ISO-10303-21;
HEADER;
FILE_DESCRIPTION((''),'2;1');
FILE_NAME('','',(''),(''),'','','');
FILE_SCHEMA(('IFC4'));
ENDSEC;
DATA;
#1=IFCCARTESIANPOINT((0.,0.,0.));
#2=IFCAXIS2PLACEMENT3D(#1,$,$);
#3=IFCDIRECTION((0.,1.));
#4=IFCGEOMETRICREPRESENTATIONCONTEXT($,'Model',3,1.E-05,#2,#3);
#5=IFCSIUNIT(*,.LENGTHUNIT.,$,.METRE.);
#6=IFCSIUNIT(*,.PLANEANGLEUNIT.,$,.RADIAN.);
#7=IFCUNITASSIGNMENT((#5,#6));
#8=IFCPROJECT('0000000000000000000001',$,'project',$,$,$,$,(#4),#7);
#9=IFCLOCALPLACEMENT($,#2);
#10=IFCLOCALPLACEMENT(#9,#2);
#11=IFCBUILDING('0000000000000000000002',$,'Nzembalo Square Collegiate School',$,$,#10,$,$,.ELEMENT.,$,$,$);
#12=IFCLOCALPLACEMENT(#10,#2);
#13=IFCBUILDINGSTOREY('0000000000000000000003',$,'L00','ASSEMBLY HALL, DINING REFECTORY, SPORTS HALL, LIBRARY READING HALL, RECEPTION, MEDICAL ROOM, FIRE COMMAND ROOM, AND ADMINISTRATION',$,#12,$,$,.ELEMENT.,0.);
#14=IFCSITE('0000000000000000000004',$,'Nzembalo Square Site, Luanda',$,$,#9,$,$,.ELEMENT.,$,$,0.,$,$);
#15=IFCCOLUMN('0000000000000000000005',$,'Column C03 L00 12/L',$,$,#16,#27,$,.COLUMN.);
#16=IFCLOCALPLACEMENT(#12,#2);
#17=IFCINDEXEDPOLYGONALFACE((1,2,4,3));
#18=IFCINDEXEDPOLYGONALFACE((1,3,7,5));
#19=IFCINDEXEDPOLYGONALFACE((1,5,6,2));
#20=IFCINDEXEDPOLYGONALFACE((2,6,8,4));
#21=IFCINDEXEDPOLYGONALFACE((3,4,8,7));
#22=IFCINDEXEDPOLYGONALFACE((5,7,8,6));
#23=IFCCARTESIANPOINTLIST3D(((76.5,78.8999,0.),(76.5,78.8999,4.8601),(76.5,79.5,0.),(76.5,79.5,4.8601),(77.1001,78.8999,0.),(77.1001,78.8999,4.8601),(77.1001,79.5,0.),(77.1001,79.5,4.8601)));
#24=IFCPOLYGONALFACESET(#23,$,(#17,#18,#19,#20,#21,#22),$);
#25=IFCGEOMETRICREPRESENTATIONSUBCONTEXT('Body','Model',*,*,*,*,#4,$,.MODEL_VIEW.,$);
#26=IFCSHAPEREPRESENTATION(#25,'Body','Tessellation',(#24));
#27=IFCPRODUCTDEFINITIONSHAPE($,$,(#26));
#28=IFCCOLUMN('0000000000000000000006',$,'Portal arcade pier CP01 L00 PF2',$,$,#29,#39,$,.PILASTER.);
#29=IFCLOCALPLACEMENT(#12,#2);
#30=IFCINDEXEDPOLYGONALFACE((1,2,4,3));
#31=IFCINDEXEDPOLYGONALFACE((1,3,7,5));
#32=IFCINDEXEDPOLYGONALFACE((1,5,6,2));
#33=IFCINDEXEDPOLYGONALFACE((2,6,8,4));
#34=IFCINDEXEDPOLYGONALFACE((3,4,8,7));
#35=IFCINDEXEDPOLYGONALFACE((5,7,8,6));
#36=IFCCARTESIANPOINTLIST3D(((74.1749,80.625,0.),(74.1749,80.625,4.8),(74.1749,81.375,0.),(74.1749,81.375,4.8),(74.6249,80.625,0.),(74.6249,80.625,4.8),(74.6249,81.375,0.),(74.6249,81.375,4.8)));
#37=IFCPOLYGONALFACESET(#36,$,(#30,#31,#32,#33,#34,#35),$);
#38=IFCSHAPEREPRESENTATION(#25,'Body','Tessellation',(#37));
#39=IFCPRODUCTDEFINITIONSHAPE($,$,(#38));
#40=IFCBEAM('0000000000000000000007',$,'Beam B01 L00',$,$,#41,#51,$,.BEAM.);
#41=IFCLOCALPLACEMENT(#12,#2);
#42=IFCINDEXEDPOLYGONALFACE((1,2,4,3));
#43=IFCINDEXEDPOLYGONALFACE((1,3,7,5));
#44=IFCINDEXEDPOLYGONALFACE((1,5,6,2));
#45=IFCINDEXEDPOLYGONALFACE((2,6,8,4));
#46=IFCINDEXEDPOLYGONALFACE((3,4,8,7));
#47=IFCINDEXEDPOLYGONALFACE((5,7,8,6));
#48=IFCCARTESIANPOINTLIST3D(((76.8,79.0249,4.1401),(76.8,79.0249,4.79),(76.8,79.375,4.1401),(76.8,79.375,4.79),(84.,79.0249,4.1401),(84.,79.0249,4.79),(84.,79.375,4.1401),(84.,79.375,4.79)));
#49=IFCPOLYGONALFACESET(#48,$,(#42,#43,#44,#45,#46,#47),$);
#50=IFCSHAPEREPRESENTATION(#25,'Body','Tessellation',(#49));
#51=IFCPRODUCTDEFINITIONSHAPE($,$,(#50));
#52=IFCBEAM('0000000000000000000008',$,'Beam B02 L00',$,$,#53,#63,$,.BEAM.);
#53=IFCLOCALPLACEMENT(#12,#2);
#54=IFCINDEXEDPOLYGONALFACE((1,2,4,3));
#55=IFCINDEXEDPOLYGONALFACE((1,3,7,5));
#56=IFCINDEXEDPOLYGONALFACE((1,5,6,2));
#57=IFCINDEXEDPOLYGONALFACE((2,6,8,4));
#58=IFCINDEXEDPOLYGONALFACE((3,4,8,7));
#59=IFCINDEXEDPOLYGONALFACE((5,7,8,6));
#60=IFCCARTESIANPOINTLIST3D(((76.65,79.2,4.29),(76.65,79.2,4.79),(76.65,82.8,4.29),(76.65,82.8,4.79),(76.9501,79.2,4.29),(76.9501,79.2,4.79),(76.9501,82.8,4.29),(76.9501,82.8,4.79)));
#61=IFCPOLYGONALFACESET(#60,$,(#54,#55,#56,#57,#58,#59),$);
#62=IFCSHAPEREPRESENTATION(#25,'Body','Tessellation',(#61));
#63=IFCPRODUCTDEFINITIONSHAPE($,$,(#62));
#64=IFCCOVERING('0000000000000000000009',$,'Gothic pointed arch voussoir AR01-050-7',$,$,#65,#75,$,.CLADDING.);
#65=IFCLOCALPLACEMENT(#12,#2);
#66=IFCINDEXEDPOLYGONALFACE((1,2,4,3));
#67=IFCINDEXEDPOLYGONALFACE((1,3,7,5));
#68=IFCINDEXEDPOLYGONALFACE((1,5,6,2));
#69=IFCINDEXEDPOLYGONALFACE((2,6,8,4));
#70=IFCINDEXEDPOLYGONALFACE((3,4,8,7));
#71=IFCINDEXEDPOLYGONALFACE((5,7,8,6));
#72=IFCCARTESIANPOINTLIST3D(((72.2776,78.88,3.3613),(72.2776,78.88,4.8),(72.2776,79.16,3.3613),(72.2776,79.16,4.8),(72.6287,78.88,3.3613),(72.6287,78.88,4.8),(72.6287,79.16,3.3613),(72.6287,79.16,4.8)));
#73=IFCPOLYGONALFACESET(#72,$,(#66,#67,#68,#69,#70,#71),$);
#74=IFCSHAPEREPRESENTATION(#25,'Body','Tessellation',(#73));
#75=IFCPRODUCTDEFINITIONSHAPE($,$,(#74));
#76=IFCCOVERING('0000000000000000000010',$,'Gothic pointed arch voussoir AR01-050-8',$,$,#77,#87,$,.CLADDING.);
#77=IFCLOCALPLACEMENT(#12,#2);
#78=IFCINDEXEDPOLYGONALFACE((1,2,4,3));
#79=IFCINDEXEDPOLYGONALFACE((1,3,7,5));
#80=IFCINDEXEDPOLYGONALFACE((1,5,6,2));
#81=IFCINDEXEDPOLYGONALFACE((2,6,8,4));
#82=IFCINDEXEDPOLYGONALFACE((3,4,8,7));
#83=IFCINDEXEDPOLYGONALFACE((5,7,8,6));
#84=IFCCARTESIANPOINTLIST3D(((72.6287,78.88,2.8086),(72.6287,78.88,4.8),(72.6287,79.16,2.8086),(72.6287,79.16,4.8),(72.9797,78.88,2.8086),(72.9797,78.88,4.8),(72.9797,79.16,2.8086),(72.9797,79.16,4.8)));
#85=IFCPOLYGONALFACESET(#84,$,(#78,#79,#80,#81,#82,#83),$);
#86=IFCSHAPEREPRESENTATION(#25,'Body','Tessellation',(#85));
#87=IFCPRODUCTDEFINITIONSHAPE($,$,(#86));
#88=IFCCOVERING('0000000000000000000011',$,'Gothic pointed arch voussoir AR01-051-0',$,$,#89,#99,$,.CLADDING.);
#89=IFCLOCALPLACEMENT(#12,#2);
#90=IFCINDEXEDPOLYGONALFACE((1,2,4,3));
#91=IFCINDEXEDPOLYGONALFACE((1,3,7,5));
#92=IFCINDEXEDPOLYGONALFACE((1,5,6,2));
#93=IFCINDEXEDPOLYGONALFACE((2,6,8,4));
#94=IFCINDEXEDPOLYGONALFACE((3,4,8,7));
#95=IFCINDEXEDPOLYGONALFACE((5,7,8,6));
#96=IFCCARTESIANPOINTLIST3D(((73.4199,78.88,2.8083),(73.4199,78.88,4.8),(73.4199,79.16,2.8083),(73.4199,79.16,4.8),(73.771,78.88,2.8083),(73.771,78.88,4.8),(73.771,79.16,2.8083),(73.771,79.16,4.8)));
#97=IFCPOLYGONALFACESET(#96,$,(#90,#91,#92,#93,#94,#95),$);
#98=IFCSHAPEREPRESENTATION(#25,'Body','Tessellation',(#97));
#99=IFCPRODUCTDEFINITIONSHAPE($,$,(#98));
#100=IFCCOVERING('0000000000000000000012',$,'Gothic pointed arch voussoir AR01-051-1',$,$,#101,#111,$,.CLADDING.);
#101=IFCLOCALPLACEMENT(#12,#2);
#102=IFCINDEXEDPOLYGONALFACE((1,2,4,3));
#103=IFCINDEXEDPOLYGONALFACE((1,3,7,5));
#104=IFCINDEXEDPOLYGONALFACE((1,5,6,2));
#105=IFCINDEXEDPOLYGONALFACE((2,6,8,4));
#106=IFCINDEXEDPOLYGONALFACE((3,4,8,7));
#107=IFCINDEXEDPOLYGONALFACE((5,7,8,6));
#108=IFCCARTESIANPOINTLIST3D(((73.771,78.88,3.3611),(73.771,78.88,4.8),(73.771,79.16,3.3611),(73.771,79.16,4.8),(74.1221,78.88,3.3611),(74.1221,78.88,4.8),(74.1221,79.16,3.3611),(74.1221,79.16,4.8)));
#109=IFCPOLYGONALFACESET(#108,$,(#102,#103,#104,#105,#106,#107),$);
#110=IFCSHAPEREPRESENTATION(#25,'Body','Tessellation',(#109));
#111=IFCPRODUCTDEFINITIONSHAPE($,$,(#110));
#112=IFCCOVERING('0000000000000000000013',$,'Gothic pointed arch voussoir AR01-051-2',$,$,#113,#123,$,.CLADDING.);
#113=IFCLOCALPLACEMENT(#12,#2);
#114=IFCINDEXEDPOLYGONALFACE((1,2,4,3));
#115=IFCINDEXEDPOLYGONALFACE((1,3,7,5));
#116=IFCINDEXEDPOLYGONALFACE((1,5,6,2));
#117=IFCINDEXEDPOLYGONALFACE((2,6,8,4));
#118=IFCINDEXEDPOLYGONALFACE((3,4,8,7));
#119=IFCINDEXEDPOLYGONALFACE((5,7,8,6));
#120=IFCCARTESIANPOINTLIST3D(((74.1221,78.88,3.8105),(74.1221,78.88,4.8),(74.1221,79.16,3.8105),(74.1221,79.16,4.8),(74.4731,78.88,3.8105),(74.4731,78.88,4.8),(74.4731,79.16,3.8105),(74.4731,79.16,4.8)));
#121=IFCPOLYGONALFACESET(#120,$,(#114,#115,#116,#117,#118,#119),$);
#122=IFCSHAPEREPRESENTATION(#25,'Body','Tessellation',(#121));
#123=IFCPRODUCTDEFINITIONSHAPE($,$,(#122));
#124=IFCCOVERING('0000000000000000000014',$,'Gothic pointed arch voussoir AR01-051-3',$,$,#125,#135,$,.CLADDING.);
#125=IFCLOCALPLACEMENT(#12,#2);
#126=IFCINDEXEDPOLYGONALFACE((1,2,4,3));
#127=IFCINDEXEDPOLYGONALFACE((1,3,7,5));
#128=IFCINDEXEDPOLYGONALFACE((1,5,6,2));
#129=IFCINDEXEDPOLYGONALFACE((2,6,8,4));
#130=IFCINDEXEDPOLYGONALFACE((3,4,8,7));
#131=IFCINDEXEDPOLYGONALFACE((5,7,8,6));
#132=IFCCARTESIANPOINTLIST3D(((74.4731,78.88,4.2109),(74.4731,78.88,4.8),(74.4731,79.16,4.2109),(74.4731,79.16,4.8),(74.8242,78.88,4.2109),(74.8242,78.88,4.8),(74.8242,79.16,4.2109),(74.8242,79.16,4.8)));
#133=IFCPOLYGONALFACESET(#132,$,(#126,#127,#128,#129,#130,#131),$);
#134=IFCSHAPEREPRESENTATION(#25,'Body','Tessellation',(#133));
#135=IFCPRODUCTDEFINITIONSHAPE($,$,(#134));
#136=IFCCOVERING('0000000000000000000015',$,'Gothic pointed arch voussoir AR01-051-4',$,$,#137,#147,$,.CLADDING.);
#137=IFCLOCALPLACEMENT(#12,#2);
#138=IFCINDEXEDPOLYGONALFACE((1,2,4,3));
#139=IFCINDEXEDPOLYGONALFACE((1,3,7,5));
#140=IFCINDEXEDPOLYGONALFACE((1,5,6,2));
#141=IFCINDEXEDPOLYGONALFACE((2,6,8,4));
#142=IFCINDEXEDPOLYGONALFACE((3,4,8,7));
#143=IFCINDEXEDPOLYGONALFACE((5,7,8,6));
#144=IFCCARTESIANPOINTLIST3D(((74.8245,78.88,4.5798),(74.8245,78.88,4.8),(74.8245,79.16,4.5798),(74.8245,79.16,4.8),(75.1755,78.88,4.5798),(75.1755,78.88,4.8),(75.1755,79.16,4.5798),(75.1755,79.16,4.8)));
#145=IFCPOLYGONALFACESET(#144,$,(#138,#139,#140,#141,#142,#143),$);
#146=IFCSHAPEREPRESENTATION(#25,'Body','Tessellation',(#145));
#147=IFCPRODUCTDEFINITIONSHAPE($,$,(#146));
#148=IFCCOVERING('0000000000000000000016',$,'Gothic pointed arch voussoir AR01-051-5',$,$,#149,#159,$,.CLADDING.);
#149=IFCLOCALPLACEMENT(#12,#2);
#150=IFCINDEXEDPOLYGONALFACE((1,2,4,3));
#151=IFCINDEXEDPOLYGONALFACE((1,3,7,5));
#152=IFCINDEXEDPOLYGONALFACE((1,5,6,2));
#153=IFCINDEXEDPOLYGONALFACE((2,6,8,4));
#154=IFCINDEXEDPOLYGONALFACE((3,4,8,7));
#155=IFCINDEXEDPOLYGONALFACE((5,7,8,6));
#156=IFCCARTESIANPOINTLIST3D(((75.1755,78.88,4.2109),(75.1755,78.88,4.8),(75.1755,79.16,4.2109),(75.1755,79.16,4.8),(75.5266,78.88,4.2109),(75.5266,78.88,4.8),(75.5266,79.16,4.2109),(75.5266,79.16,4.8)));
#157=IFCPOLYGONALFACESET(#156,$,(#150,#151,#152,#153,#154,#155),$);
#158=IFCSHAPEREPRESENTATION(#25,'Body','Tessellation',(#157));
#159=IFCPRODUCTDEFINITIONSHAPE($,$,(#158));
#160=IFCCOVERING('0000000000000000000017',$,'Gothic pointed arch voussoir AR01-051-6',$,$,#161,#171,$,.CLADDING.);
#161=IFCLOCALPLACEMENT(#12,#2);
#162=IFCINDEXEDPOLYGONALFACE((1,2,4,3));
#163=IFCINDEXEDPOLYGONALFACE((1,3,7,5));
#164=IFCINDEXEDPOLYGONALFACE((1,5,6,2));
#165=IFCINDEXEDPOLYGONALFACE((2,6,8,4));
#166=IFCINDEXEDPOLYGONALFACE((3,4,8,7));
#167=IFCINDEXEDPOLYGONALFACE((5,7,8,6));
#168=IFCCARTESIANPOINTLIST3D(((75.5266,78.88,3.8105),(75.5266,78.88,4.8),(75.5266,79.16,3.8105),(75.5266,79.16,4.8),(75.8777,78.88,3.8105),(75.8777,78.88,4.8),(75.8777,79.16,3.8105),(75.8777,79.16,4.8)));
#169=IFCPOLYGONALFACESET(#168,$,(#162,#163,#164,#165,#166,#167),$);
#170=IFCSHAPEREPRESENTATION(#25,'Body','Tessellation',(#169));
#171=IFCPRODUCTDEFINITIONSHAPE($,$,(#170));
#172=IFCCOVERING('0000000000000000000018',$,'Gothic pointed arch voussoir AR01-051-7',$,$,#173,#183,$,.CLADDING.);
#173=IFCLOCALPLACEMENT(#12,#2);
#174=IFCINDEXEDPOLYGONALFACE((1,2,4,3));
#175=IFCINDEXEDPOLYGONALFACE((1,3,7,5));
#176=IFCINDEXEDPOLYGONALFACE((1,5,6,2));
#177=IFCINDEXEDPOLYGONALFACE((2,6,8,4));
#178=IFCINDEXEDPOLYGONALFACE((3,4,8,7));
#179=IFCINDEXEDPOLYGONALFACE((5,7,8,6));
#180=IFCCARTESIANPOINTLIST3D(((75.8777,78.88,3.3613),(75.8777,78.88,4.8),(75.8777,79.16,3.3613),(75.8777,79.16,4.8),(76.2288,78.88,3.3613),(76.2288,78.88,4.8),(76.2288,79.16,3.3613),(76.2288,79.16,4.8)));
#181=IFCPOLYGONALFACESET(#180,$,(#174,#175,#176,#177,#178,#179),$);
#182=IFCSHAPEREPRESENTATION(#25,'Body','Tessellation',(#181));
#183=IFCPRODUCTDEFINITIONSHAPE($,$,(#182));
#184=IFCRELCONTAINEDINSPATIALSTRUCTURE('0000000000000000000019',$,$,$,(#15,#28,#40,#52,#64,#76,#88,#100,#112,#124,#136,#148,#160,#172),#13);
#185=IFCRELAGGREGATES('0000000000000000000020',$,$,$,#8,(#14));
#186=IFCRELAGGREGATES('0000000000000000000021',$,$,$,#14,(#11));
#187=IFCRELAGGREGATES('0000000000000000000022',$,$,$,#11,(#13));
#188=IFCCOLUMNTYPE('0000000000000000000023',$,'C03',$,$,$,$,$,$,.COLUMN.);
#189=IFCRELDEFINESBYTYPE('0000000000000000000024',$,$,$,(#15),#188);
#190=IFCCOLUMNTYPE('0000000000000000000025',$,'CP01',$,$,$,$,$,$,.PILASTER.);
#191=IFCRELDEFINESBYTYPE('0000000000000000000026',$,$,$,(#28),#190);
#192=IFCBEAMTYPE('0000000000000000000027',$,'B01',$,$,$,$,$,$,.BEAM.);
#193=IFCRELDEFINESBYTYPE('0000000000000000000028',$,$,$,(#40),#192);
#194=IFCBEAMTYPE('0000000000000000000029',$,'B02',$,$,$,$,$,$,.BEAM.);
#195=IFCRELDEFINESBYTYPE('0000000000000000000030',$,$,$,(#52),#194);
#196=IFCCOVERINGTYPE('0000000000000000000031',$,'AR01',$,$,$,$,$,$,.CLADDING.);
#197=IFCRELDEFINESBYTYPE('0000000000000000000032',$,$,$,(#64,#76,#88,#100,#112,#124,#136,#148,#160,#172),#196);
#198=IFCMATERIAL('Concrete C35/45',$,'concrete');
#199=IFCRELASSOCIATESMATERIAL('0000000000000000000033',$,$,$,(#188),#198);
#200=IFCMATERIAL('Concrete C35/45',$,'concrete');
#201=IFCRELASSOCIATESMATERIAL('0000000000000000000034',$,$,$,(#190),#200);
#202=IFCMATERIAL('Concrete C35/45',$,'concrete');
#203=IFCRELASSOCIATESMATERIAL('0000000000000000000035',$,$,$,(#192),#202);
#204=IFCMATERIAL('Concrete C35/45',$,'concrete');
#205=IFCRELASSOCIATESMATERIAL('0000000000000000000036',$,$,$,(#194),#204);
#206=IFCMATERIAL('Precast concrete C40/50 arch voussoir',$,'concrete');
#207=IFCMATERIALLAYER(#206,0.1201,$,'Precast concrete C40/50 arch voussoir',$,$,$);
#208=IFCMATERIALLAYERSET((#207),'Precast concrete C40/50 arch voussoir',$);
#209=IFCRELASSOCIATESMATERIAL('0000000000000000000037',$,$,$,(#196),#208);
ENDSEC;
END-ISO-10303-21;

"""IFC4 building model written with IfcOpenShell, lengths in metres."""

from ifc_helpers import new_model, si_unit, direction, frame, origin, origin_2d, place, context, subcontext, project, spatial, rectangle, extrude, material, layer, layer_set, material_profile, profile_set, type_object, element, save


model = new_model("IFC4")

# Units and contexts
model_context = context("Model", 3, precision=1e-05, world=origin(), true_north=direction((0.0, 1.0)))
body_context = subcontext(model_context, "Body", "Model", "MODEL_VIEW")
ifc_project = project(units=[si_unit("LENGTHUNIT", "METRE"), si_unit("PLANEANGLEUNIT", "RADIAN")], contexts=[model_context])

# Site, building, storey
site_placement = place(None, origin())
site = spatial("IfcSite", under=ifc_project, at=site_placement, Name="Nzembalo Square Site, Luanda", CompositionType="ELEMENT", RefElevation=0.0)
building_placement = place(site_placement, origin())
building = spatial("IfcBuilding", under=site, at=building_placement, Name="Nzembalo Square Collegiate School", CompositionType="ELEMENT")
storey_placement = place(building_placement, origin())
storey = spatial("IfcBuildingStorey", under=building, at=storey_placement, Name="L00", Description="ASSEMBLY HALL, DINING REFECTORY, SPORTS HALL, LIBRARY READING HALL, RECEPTION, MEDICAL ROOM, FIRE COMMAND ROOM, AND ADMINISTRATION", CompositionType="ELEMENT", Elevation=0.0)

# Columns
ifc_material_1 = material(Name="Concrete C35/45", Category="concrete")
ifc_material_profile_1 = material_profile(ifc_material_1, rectangle(XDim=0.6001, YDim=0.6001, at=origin_2d()), Name="RC 600x600")
ifc_profile_set_1 = profile_set([ifc_material_profile_1], Name="Concrete C35/45")
column_type_1 = type_object("IfcColumnType", Name="C03", PredefinedType="COLUMN", material=ifc_profile_set_1)
column_1_placement = place(storey_placement, frame((76.8, 79.2, 0.0), z_axis=(0.0, 0.0, 1.0), x_axis=(1.0, 0.0, 0.0)))
element("IfcColumn", 1, at=column_1_placement, inside=storey, type_object=column_type_1, Name="Column C03 L00 12/L", PredefinedType="COLUMN", context=body_context, shape_type="SweptSolid", body=[
    extrude(rectangle(XDim=0.6001, YDim=0.6001, at=origin_2d()), origin(), (0.0, 0.0, 1.0), 4.8601),
])
ifc_material_2 = material(Name="Concrete C35/45", Category="concrete")
ifc_material_profile_2 = material_profile(ifc_material_2, rectangle(XDim=0.45, YDim=0.75, at=origin_2d()), Name="RC 450x750")
ifc_profile_set_2 = profile_set([ifc_material_profile_2], Name="Concrete C35/45")
column_type_2 = type_object("IfcColumnType", Name="CP01", PredefinedType="PILASTER", material=ifc_profile_set_2)
column_2_placement = place(storey_placement, frame((74.3999, 81.0, 0.0), z_axis=(0.0, 0.0, 1.0), x_axis=(1.0, 0.0, 0.0)))
element("IfcColumn", 2, at=column_2_placement, inside=storey, type_object=column_type_2, Name="Portal arcade pier CP01 L00 PF2", PredefinedType="PILASTER", context=body_context, shape_type="SweptSolid", body=[
    extrude(rectangle(XDim=0.45, YDim=0.75, at=origin_2d()), origin(), (0.0, 0.0, 1.0), 4.8),
])

# Beams
ifc_material_3 = material(Name="Concrete C35/45", Category="concrete")
ifc_material_profile_3 = material_profile(ifc_material_3, rectangle(XDim=0.3501, YDim=0.6499, at=origin_2d()), Name="RC 350x650")
ifc_profile_set_3 = profile_set([ifc_material_profile_3], Name="Concrete C35/45")
beam_type_1 = type_object("IfcBeamType", Name="B01", PredefinedType="BEAM", material=ifc_profile_set_3)
beam_1_placement = place(storey_placement, frame((76.8, 79.2, 4.4651), z_axis=(1.0, 0.0, 0.0), x_axis=(0.0, 1.0, 0.0)))
element("IfcBeam", 3, at=beam_1_placement, inside=storey, type_object=beam_type_1, Name="Beam B01 L00", PredefinedType="BEAM", context=body_context, shape_type="SweptSolid", body=[
    extrude(rectangle(XDim=0.3501, YDim=0.6499, at=origin_2d()), origin(), (0.0, 0.0, 1.0), 7.2),
])
ifc_material_4 = material(Name="Concrete C35/45", Category="concrete")
ifc_material_profile_4 = material_profile(ifc_material_4, rectangle(XDim=0.3, YDim=0.5, at=origin_2d()), Name="RC 300x500")
ifc_profile_set_4 = profile_set([ifc_material_profile_4], Name="Concrete C35/45")
beam_type_2 = type_object("IfcBeamType", Name="B02", PredefinedType="BEAM", material=ifc_profile_set_4)
beam_2_placement = place(storey_placement, frame((76.8, 79.2, 4.54), z_axis=(0.0, 1.0, 0.0), x_axis=(-1.0, 0.0, 0.0)))
element("IfcBeam", 4, at=beam_2_placement, inside=storey, type_object=beam_type_2, Name="Beam B02 L00", PredefinedType="BEAM", context=body_context, shape_type="SweptSolid", body=[
    extrude(rectangle(XDim=0.3, YDim=0.5, at=origin_2d()), origin(), (0.0, 0.0, 1.0), 3.6001),
])

# Coverings
ifc_material_5 = material(Name="Precast concrete C40/50 arch voussoir", Category="concrete")
ifc_layer = layer(ifc_material_5, 0.1201, Name="Precast concrete C40/50 arch voussoir")
ifc_layer_set = layer_set([ifc_layer], Name="Precast concrete C40/50 arch voussoir")
covering_type = type_object("IfcCoveringType", Name="AR01", PredefinedType="CLADDING", material=ifc_layer_set)
covering_1_placement = place(storey_placement, frame((72.4531, 79.02, 3.3613), z_axis=(0.0, 0.0, 1.0), x_axis=(1.0, 0.0, 0.0)))
element("IfcCovering", 5, at=covering_1_placement, inside=storey, type_object=covering_type, Name="Gothic pointed arch voussoir AR01-050-7", PredefinedType="CLADDING", context=body_context, shape_type="SweptSolid", body=[
    extrude(rectangle(XDim=0.3511, YDim=0.28, at=origin_2d()), origin(), (0.0, 0.0, 1.0), 1.4387),
])
covering_2_placement = place(storey_placement, frame((72.8042, 79.02, 2.8086), z_axis=(0.0, 0.0, 1.0), x_axis=(1.0, 0.0, 0.0)))
element("IfcCovering", 6, at=covering_2_placement, inside=storey, type_object=covering_type, Name="Gothic pointed arch voussoir AR01-050-8", PredefinedType="CLADDING", context=body_context, shape_type="SweptSolid", body=[
    extrude(rectangle(XDim=0.3511, YDim=0.28, at=origin_2d()), origin(), (0.0, 0.0, 1.0), 1.9915),
])
covering_3_placement = place(storey_placement, frame((73.5955, 79.02, 2.8083), z_axis=(0.0, 0.0, 1.0), x_axis=(1.0, 0.0, 0.0)))
element("IfcCovering", 7, at=covering_3_placement, inside=storey, type_object=covering_type, Name="Gothic pointed arch voussoir AR01-051-0", PredefinedType="CLADDING", context=body_context, shape_type="SweptSolid", body=[
    extrude(rectangle(XDim=0.3511, YDim=0.28, at=origin_2d()), origin(), (0.0, 0.0, 1.0), 1.9917),
])
covering_4_placement = place(storey_placement, frame((73.9465, 79.02, 3.3611), z_axis=(0.0, 0.0, 1.0), x_axis=(1.0, 0.0, 0.0)))
element("IfcCovering", 8, at=covering_4_placement, inside=storey, type_object=covering_type, Name="Gothic pointed arch voussoir AR01-051-1", PredefinedType="CLADDING", context=body_context, shape_type="SweptSolid", body=[
    extrude(rectangle(XDim=0.3511, YDim=0.28, at=origin_2d()), origin(), (0.0, 0.0, 1.0), 1.439),
])
covering_5_placement = place(storey_placement, frame((74.2976, 79.02, 3.8105), z_axis=(0.0, 0.0, 1.0), x_axis=(1.0, 0.0, 0.0)))
element("IfcCovering", 9, at=covering_5_placement, inside=storey, type_object=covering_type, Name="Gothic pointed arch voussoir AR01-051-2", PredefinedType="CLADDING", context=body_context, shape_type="SweptSolid", body=[
    extrude(rectangle(XDim=0.3511, YDim=0.28, at=origin_2d()), origin(), (0.0, 0.0, 1.0), 0.9895),
])
covering_6_placement = place(storey_placement, frame((74.6487, 79.02, 4.2109), z_axis=(0.0, 0.0, 1.0), x_axis=(1.0, 0.0, 0.0)))
element("IfcCovering", 10, at=covering_6_placement, inside=storey, type_object=covering_type, Name="Gothic pointed arch voussoir AR01-051-3", PredefinedType="CLADDING", context=body_context, shape_type="SweptSolid", body=[
    extrude(rectangle(XDim=0.3511, YDim=0.28, at=origin_2d()), origin(), (0.0, 0.0, 1.0), 0.5891),
])
covering_7_placement = place(storey_placement, frame((75.0, 79.02, 4.5798), z_axis=(0.0, 0.0, 1.0), x_axis=(1.0, 0.0, 0.0)))
element("IfcCovering", 11, at=covering_7_placement, inside=storey, type_object=covering_type, Name="Gothic pointed arch voussoir AR01-051-4", PredefinedType="CLADDING", context=body_context, shape_type="SweptSolid", body=[
    extrude(rectangle(XDim=0.3511, YDim=0.28, at=origin_2d()), origin(), (0.0, 0.0, 1.0), 0.2202),
])
covering_8_placement = place(storey_placement, frame((75.3511, 79.02, 4.2109), z_axis=(0.0, 0.0, 1.0), x_axis=(1.0, 0.0, 0.0)))
element("IfcCovering", 12, at=covering_8_placement, inside=storey, type_object=covering_type, Name="Gothic pointed arch voussoir AR01-051-5", PredefinedType="CLADDING", context=body_context, shape_type="SweptSolid", body=[
    extrude(rectangle(XDim=0.3511, YDim=0.28, at=origin_2d()), origin(), (0.0, 0.0, 1.0), 0.5891),
])
covering_9_placement = place(storey_placement, frame((75.7021, 79.02, 3.8105), z_axis=(0.0, 0.0, 1.0), x_axis=(1.0, 0.0, 0.0)))
element("IfcCovering", 13, at=covering_9_placement, inside=storey, type_object=covering_type, Name="Gothic pointed arch voussoir AR01-051-6", PredefinedType="CLADDING", context=body_context, shape_type="SweptSolid", body=[
    extrude(rectangle(XDim=0.3511, YDim=0.28, at=origin_2d()), origin(), (0.0, 0.0, 1.0), 0.9895),
])
covering_10_placement = place(storey_placement, frame((76.0532, 79.02, 3.3613), z_axis=(0.0, 0.0, 1.0), x_axis=(1.0, 0.0, 0.0)))
element("IfcCovering", 14, at=covering_10_placement, inside=storey, type_object=covering_type, Name="Gothic pointed arch voussoir AR01-051-7", PredefinedType="CLADDING", context=body_context, shape_type="SweptSolid", body=[
    extrude(rectangle(XDim=0.3511, YDim=0.28, at=origin_2d()), origin(), (0.0, 0.0, 1.0), 1.4387),
])

save(model, "model.ifc")
